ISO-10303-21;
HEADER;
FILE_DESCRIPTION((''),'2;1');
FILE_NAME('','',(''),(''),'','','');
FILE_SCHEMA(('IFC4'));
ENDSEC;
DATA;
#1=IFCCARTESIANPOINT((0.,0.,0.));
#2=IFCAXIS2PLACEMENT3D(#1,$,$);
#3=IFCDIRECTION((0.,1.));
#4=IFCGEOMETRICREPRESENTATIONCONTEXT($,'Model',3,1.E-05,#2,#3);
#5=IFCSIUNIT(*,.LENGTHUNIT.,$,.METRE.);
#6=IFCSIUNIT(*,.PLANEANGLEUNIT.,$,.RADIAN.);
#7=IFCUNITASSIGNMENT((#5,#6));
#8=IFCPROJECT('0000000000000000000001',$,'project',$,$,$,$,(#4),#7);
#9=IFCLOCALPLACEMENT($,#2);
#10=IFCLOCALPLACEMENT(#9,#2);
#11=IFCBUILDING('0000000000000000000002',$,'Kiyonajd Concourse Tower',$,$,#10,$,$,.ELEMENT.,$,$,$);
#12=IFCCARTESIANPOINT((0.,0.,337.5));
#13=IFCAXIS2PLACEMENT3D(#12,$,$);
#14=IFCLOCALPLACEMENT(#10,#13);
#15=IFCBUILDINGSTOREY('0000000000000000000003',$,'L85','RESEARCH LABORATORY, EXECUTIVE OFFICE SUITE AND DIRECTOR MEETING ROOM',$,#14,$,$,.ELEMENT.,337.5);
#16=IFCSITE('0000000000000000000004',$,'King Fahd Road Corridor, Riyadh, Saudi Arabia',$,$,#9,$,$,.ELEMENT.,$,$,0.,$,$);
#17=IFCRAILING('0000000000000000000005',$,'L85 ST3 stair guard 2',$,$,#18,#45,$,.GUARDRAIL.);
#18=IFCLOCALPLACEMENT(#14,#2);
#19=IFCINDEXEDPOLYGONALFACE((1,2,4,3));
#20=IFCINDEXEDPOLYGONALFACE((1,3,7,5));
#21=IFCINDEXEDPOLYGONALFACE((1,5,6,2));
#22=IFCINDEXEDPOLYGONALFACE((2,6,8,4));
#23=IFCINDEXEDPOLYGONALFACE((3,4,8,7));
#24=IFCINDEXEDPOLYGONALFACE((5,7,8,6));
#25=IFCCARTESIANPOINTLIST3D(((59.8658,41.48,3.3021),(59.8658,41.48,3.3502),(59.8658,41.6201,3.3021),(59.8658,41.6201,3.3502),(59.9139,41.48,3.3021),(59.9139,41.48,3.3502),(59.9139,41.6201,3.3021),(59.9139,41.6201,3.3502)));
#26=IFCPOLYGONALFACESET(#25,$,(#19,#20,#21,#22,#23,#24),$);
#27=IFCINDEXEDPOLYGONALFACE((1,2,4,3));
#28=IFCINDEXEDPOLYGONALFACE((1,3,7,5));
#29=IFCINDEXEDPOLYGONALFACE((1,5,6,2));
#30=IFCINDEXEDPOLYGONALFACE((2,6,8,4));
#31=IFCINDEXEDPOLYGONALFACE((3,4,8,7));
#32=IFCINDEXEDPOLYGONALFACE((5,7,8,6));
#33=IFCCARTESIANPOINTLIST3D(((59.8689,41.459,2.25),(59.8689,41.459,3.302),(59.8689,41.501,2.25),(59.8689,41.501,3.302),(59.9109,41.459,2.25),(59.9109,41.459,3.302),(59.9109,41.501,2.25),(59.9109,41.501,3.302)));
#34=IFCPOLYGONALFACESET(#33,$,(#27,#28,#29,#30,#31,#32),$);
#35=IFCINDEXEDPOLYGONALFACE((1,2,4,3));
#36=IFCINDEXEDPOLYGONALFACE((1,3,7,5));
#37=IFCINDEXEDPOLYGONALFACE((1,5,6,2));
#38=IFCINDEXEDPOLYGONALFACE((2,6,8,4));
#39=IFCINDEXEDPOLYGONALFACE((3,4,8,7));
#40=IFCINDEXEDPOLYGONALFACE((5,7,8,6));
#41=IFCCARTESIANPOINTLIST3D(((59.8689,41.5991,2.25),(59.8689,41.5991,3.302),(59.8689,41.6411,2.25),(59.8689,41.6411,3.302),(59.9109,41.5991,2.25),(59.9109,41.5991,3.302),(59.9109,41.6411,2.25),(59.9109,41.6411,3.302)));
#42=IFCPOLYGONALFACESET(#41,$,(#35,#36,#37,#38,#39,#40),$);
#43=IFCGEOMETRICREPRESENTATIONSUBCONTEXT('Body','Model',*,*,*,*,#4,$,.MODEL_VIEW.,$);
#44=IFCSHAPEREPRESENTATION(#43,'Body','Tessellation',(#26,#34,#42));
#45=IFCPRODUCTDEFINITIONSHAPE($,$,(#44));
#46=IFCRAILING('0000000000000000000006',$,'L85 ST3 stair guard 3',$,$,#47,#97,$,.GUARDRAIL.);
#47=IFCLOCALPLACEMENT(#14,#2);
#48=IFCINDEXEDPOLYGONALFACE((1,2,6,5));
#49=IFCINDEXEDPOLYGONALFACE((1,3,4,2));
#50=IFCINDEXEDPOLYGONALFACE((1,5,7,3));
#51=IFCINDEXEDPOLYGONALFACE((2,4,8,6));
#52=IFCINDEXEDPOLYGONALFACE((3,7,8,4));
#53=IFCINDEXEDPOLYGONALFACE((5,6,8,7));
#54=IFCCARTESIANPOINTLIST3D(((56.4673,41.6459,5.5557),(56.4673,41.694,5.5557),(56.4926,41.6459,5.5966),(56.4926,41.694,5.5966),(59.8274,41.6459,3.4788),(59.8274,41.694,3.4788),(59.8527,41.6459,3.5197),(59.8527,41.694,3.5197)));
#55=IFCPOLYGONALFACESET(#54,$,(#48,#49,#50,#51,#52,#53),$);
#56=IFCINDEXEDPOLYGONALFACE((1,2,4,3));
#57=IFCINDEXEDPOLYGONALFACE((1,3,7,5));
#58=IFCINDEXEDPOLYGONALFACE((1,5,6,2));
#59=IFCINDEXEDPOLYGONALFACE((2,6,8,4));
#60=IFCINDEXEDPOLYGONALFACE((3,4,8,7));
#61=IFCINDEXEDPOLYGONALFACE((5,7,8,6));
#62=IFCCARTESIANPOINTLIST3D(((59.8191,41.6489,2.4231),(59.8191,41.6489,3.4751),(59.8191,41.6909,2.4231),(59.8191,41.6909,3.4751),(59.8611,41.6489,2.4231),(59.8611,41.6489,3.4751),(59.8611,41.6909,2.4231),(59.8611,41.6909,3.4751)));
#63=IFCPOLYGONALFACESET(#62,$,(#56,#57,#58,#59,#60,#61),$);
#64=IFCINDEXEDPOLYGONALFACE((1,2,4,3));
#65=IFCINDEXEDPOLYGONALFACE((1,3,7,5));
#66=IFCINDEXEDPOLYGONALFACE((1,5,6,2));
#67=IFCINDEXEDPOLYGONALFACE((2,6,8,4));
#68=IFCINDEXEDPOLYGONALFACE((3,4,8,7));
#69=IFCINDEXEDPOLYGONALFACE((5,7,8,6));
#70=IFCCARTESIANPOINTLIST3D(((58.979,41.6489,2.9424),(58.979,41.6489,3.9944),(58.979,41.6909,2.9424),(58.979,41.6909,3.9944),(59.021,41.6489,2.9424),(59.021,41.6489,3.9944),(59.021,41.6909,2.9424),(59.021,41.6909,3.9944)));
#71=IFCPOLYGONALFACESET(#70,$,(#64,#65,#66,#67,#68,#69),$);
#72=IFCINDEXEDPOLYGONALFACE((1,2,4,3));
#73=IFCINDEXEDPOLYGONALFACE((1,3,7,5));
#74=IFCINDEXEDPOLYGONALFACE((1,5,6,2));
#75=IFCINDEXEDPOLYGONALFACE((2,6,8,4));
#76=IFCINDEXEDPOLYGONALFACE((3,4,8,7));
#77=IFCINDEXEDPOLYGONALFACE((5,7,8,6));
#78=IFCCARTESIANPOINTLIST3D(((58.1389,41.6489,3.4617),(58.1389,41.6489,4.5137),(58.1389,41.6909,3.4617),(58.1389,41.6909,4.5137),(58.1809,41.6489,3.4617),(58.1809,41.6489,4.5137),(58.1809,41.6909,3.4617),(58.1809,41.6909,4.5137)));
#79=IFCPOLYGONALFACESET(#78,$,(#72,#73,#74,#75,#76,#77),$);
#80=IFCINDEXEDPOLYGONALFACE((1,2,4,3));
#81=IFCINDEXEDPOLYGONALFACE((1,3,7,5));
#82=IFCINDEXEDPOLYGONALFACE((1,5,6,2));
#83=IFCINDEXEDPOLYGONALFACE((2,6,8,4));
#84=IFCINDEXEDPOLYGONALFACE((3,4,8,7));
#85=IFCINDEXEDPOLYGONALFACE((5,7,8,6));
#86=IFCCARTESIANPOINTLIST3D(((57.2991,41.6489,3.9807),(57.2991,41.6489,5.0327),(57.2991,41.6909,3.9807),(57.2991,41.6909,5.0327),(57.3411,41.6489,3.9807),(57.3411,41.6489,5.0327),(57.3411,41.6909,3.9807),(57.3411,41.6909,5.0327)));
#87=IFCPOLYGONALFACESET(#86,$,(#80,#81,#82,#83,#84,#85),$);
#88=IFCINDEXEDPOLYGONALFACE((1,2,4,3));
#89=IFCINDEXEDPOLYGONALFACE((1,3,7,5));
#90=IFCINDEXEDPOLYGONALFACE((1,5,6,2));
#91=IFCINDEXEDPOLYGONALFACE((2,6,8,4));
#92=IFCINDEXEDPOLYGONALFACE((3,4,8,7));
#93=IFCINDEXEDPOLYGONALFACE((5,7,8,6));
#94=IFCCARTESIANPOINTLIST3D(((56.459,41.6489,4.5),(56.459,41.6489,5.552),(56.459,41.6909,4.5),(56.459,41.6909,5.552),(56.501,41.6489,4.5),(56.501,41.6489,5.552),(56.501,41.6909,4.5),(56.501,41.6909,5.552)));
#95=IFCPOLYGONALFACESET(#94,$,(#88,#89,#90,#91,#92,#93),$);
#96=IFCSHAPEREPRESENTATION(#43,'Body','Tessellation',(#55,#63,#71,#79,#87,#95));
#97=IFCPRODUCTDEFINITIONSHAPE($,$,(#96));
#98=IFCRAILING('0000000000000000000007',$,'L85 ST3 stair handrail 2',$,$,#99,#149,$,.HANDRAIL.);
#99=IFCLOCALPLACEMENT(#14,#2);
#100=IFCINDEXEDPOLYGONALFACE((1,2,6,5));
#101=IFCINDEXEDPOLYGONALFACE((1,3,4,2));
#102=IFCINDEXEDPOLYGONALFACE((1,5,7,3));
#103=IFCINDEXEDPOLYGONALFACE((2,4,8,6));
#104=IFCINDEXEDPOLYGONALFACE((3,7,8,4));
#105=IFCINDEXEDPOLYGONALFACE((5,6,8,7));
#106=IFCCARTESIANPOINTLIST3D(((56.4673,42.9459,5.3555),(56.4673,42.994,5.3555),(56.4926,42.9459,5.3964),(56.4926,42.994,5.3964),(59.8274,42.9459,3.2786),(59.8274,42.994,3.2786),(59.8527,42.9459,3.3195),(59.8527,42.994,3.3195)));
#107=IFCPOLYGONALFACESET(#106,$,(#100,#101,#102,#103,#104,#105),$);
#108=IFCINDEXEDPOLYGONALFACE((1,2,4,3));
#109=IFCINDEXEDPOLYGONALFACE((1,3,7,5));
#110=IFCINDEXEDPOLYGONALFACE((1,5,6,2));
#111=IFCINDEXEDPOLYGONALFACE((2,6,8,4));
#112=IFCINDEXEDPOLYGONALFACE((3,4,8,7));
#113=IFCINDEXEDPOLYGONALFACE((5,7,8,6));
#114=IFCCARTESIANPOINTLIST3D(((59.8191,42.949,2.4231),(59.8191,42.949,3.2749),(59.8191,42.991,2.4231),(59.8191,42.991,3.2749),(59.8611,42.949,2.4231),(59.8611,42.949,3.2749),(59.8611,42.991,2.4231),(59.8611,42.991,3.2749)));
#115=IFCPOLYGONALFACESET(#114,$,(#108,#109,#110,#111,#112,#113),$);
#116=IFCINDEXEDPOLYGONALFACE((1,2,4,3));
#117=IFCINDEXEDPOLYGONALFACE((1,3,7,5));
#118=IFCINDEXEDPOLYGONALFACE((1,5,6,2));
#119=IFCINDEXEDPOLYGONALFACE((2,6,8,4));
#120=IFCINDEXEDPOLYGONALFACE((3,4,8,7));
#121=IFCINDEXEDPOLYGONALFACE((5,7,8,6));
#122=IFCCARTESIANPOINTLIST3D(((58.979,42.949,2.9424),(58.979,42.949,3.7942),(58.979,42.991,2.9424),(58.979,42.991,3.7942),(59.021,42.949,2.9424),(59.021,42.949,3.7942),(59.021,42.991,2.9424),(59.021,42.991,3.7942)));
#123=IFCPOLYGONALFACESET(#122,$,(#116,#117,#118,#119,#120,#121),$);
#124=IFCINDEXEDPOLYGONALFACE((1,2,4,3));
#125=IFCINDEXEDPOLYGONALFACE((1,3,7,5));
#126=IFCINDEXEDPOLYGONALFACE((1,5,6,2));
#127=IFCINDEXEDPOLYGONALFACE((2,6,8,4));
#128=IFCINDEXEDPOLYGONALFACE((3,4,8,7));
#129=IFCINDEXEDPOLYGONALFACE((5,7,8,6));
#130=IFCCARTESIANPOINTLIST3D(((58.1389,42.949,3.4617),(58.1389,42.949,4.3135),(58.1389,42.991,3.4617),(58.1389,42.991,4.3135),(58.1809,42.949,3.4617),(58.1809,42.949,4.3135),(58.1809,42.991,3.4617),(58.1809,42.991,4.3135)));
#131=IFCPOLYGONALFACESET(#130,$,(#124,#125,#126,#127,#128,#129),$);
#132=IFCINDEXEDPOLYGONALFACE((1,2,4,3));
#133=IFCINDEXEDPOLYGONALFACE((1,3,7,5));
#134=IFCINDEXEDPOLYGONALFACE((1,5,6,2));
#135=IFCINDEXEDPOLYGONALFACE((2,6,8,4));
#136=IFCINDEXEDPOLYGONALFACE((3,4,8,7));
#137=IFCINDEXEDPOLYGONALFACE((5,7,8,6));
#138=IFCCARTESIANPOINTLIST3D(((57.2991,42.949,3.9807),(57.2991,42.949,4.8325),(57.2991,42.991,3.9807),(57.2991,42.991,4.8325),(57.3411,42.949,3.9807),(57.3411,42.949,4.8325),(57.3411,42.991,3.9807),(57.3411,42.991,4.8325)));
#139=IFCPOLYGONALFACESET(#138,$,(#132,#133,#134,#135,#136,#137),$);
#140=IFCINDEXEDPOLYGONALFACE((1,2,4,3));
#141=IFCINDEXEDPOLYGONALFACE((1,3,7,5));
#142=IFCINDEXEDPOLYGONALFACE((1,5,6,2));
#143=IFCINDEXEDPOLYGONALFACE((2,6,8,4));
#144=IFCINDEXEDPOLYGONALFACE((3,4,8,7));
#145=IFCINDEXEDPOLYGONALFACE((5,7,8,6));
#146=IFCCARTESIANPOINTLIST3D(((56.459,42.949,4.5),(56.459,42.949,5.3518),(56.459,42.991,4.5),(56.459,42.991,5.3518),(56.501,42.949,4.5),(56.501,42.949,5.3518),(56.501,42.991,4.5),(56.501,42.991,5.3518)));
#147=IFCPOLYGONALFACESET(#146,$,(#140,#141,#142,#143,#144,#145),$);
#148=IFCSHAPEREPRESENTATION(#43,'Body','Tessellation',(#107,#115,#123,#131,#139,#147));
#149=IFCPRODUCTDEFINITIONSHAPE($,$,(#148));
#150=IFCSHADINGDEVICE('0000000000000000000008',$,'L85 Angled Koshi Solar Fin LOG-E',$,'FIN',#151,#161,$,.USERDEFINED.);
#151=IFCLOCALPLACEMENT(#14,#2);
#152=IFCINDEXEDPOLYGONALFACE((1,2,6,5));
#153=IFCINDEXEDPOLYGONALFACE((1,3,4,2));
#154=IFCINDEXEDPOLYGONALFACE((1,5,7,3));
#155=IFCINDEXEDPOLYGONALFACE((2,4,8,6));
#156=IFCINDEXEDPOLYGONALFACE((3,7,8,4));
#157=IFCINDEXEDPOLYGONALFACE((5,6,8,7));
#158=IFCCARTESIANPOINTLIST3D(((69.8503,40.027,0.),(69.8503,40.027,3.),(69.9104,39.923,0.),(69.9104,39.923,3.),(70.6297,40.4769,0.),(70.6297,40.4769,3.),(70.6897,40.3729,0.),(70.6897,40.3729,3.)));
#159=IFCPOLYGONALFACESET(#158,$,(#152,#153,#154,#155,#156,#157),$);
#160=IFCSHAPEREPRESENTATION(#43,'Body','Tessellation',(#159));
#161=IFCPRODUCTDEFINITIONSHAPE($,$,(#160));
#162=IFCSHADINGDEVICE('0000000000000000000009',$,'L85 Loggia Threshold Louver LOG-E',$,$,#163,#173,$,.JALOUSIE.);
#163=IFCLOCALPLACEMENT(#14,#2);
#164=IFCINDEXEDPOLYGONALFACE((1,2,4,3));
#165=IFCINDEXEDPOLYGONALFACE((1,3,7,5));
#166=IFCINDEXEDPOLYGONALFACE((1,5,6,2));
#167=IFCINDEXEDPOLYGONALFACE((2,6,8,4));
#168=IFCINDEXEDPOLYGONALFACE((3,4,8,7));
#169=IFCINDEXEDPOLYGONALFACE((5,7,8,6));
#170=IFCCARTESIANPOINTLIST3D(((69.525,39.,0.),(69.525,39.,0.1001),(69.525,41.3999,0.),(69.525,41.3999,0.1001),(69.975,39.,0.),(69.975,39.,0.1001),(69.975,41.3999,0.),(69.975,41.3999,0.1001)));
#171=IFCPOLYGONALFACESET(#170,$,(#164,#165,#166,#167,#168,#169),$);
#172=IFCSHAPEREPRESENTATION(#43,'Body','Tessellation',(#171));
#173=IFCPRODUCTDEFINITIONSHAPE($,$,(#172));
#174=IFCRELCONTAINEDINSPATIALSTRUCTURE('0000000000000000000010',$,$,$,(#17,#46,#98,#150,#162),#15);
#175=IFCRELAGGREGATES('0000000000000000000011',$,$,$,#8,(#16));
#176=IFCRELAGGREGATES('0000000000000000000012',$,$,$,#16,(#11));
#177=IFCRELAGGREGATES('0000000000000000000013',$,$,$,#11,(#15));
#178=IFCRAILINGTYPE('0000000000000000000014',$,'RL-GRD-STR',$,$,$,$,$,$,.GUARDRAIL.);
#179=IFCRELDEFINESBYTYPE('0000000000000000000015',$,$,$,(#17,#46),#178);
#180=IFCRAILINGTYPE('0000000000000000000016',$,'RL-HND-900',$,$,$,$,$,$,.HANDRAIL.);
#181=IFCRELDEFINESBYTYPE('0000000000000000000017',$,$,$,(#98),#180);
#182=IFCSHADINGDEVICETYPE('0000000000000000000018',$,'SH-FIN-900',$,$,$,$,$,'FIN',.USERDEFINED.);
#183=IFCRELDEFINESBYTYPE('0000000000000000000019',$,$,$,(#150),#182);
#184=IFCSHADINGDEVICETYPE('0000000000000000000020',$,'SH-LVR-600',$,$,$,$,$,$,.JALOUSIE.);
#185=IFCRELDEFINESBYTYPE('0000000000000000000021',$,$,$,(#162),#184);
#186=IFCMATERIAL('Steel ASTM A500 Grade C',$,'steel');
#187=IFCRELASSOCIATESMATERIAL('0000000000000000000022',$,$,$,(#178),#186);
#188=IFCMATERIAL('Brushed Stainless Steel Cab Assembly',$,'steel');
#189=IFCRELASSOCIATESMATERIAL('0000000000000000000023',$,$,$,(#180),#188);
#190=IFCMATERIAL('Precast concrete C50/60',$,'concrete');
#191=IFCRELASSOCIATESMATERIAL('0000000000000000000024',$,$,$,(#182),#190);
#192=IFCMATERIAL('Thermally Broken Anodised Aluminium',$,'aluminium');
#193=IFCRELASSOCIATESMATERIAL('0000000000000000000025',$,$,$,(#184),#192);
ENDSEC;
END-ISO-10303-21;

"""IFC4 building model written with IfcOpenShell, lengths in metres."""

from ifc_helpers import new_model, si_unit, direction, frame, origin, origin_2d, place, context, subcontext, project, spatial, rectangle, extrude, material, type_object, element, save


model = new_model("IFC4")

# Units and contexts
model_context = context("Model", 3, precision=1e-05, world=origin(), true_north=direction((0.0, 1.0)))
body_context = subcontext(model_context, "Body", "Model", "MODEL_VIEW")
ifc_project = project(units=[si_unit("LENGTHUNIT", "METRE"), si_unit("PLANEANGLEUNIT", "RADIAN")], contexts=[model_context])

# Site, building, storey
site_placement = place(None, origin())
site = spatial("IfcSite", under=ifc_project, at=site_placement, Name="King Fahd Road Corridor, Riyadh, Saudi Arabia", CompositionType="ELEMENT", RefElevation=0.0)
building_placement = place(site_placement, origin())
building = spatial("IfcBuilding", under=site, at=building_placement, Name="Kiyonajd Concourse Tower", CompositionType="ELEMENT")
storey_placement = place(building_placement, frame((0.0, 0.0, 337.5)))
storey = spatial("IfcBuildingStorey", under=building, at=storey_placement, Name="L85", Description="RESEARCH LABORATORY, EXECUTIVE OFFICE SUITE AND DIRECTOR MEETING ROOM", CompositionType="ELEMENT", Elevation=337.5)

# Shared definitions
ifc_material_1 = material(Name="Thermally Broken Anodised Aluminium", Category="aluminium")

# Shared definitions
ifc_material_2 = material(Name="Precast concrete C50/60", Category="concrete")

# Shared definitions
ifc_material_3 = material(Name="Brushed Stainless Steel Cab Assembly", Category="steel")

# Railings
ifc_material_4 = material(Name="Steel ASTM A500 Grade C", Category="steel")
railing_type_1 = type_object("IfcRailingType", Name="RL-GRD-STR", PredefinedType="GUARDRAIL", material=ifc_material_4)
railing_1_placement = place(storey_placement, frame((59.8899, 41.48, 2.25)))
element("IfcRailing", 1, at=railing_1_placement, inside=storey, type_object=railing_type_1, Name="L85 ST3 stair guard 2", PredefinedType="GUARDRAIL", context=body_context, shape_type="SweptSolid", body=[
    extrude(rectangle(XDim=0.0481, YDim=0.0481, at=origin_2d()), frame((0.0, 0.0, 1.0762), z_axis=(0.0, 1.0, 0.0), x_axis=(-1.0, 0.0, 0.0)), (0.0, 0.0, 1.0), 0.1401),
    extrude(rectangle(XDim=0.042, YDim=0.042, at=origin_2d()), origin(), (0.0, 0.0, 1.0), 1.052),
    extrude(rectangle(XDim=0.042, YDim=0.042, at=origin_2d()), frame((0.0, 0.1401, 0.0)), (0.0, 0.0, 1.0), 1.052),
])
railing_2_placement = place(storey_placement, frame((59.8401, 41.6699, 2.4231)))
element("IfcRailing", 2, at=railing_2_placement, inside=storey, type_object=railing_type_1, Name="L85 ST3 stair guard 3", PredefinedType="GUARDRAIL", context=body_context, shape_type="SweptSolid", body=[
    extrude(rectangle(XDim=0.0481, YDim=0.0481, at=origin_2d()), frame((0.0, 0.0, 1.0762), z_axis=(-0.850623, 0.0, 0.525776), x_axis=(0.0, -1.0, 0.0)), (0.0, 0.0, 1.0), 3.9502),
    extrude(rectangle(XDim=0.042, YDim=0.042, at=origin_2d()), origin(), (0.0, 0.0, 1.0), 1.052),
    extrude(rectangle(XDim=0.042, YDim=0.042, at=origin_2d()), frame((-0.8401, 0.0, 0.5193)), (0.0, 0.0, 1.0), 1.052),
    extrude(rectangle(XDim=0.042, YDim=0.042, at=origin_2d()), frame((-1.6802, 0.0, 1.0386)), (0.0, 0.0, 1.0), 1.052),
    extrude(rectangle(XDim=0.042, YDim=0.042, at=origin_2d()), frame((-2.52, 0.0, 1.5576)), (0.0, 0.0, 1.0), 1.052),
    extrude(rectangle(XDim=0.042, YDim=0.042, at=origin_2d()), frame((-3.3601, 0.0, 2.0769)), (0.0, 0.0, 1.0), 1.052),
])
railing_type_2 = type_object("IfcRailingType", Name="RL-HND-900", PredefinedType="HANDRAIL", material=ifc_material_3)
railing_3_placement = place(storey_placement, frame((59.8401, 42.97, 2.4231)))
element("IfcRailing", 3, at=railing_3_placement, inside=storey, type_object=railing_type_2, Name="L85 ST3 stair handrail 2", PredefinedType="HANDRAIL", context=body_context, shape_type="SweptSolid", body=[
    extrude(rectangle(XDim=0.0481, YDim=0.0481, at=origin_2d()), frame((0.0, 0.0, 0.876), z_axis=(-0.850623, 0.0, 0.525776), x_axis=(0.0, -1.0, 0.0)), (0.0, 0.0, 1.0), 3.9502),
    extrude(rectangle(XDim=0.042, YDim=0.042, at=origin_2d()), origin(), (0.0, 0.0, 1.0), 0.8518),
    extrude(rectangle(XDim=0.042, YDim=0.042, at=origin_2d()), frame((-0.8401, 0.0, 0.5193)), (0.0, 0.0, 1.0), 0.8518),
    extrude(rectangle(XDim=0.042, YDim=0.042, at=origin_2d()), frame((-1.6802, 0.0, 1.0386)), (0.0, 0.0, 1.0), 0.8518),
    extrude(rectangle(XDim=0.042, YDim=0.042, at=origin_2d()), frame((-2.52, 0.0, 1.5576)), (0.0, 0.0, 1.0), 0.8518),
    extrude(rectangle(XDim=0.042, YDim=0.042, at=origin_2d()), frame((-3.3601, 0.0, 2.0769)), (0.0, 0.0, 1.0), 0.8518),
])

# Shading devices
shading_device_type_1 = type_object("IfcShadingDeviceType", Name="SH-FIN-900", ElementType="FIN", PredefinedType="USERDEFINED", material=ifc_material_2)
shading_device_1_placement = place(storey_placement, frame((70.27, 40.2, 0.0), z_axis=(0.0, 0.0, 1.0), x_axis=(0.866025, 0.5, 0.0)))
element("IfcShadingDevice", 4, at=shading_device_1_placement, inside=storey, type_object=shading_device_type_1, Name="L85 Angled Koshi Solar Fin LOG-E", ObjectType="FIN", PredefinedType="USERDEFINED", context=body_context, shape_type="SweptSolid", body=[
    extrude(rectangle(XDim=0.8999, YDim=0.1201, at=origin_2d()), origin(), (0.0, 0.0, 1.0), 3.0),
])
shading_device_type_2 = type_object("IfcShadingDeviceType", Name="SH-LVR-600", PredefinedType="JALOUSIE", material=ifc_material_1)
shading_device_2_placement = place(storey_placement, frame((69.75, 40.2, 0.0), z_axis=(0.0, 0.0, 1.0), x_axis=(0.0, 1.0, 0.0)))
element("IfcShadingDevice", 5, at=shading_device_2_placement, inside=storey, type_object=shading_device_type_2, Name="L85 Loggia Threshold Louver LOG-E", PredefinedType="JALOUSIE", context=body_context, shape_type="SweptSolid", body=[
    extrude(rectangle(XDim=2.3999, YDim=0.45, at=origin_2d()), origin(), (0.0, 0.0, 1.0), 0.1001),
])

save(model, "model.ifc")
